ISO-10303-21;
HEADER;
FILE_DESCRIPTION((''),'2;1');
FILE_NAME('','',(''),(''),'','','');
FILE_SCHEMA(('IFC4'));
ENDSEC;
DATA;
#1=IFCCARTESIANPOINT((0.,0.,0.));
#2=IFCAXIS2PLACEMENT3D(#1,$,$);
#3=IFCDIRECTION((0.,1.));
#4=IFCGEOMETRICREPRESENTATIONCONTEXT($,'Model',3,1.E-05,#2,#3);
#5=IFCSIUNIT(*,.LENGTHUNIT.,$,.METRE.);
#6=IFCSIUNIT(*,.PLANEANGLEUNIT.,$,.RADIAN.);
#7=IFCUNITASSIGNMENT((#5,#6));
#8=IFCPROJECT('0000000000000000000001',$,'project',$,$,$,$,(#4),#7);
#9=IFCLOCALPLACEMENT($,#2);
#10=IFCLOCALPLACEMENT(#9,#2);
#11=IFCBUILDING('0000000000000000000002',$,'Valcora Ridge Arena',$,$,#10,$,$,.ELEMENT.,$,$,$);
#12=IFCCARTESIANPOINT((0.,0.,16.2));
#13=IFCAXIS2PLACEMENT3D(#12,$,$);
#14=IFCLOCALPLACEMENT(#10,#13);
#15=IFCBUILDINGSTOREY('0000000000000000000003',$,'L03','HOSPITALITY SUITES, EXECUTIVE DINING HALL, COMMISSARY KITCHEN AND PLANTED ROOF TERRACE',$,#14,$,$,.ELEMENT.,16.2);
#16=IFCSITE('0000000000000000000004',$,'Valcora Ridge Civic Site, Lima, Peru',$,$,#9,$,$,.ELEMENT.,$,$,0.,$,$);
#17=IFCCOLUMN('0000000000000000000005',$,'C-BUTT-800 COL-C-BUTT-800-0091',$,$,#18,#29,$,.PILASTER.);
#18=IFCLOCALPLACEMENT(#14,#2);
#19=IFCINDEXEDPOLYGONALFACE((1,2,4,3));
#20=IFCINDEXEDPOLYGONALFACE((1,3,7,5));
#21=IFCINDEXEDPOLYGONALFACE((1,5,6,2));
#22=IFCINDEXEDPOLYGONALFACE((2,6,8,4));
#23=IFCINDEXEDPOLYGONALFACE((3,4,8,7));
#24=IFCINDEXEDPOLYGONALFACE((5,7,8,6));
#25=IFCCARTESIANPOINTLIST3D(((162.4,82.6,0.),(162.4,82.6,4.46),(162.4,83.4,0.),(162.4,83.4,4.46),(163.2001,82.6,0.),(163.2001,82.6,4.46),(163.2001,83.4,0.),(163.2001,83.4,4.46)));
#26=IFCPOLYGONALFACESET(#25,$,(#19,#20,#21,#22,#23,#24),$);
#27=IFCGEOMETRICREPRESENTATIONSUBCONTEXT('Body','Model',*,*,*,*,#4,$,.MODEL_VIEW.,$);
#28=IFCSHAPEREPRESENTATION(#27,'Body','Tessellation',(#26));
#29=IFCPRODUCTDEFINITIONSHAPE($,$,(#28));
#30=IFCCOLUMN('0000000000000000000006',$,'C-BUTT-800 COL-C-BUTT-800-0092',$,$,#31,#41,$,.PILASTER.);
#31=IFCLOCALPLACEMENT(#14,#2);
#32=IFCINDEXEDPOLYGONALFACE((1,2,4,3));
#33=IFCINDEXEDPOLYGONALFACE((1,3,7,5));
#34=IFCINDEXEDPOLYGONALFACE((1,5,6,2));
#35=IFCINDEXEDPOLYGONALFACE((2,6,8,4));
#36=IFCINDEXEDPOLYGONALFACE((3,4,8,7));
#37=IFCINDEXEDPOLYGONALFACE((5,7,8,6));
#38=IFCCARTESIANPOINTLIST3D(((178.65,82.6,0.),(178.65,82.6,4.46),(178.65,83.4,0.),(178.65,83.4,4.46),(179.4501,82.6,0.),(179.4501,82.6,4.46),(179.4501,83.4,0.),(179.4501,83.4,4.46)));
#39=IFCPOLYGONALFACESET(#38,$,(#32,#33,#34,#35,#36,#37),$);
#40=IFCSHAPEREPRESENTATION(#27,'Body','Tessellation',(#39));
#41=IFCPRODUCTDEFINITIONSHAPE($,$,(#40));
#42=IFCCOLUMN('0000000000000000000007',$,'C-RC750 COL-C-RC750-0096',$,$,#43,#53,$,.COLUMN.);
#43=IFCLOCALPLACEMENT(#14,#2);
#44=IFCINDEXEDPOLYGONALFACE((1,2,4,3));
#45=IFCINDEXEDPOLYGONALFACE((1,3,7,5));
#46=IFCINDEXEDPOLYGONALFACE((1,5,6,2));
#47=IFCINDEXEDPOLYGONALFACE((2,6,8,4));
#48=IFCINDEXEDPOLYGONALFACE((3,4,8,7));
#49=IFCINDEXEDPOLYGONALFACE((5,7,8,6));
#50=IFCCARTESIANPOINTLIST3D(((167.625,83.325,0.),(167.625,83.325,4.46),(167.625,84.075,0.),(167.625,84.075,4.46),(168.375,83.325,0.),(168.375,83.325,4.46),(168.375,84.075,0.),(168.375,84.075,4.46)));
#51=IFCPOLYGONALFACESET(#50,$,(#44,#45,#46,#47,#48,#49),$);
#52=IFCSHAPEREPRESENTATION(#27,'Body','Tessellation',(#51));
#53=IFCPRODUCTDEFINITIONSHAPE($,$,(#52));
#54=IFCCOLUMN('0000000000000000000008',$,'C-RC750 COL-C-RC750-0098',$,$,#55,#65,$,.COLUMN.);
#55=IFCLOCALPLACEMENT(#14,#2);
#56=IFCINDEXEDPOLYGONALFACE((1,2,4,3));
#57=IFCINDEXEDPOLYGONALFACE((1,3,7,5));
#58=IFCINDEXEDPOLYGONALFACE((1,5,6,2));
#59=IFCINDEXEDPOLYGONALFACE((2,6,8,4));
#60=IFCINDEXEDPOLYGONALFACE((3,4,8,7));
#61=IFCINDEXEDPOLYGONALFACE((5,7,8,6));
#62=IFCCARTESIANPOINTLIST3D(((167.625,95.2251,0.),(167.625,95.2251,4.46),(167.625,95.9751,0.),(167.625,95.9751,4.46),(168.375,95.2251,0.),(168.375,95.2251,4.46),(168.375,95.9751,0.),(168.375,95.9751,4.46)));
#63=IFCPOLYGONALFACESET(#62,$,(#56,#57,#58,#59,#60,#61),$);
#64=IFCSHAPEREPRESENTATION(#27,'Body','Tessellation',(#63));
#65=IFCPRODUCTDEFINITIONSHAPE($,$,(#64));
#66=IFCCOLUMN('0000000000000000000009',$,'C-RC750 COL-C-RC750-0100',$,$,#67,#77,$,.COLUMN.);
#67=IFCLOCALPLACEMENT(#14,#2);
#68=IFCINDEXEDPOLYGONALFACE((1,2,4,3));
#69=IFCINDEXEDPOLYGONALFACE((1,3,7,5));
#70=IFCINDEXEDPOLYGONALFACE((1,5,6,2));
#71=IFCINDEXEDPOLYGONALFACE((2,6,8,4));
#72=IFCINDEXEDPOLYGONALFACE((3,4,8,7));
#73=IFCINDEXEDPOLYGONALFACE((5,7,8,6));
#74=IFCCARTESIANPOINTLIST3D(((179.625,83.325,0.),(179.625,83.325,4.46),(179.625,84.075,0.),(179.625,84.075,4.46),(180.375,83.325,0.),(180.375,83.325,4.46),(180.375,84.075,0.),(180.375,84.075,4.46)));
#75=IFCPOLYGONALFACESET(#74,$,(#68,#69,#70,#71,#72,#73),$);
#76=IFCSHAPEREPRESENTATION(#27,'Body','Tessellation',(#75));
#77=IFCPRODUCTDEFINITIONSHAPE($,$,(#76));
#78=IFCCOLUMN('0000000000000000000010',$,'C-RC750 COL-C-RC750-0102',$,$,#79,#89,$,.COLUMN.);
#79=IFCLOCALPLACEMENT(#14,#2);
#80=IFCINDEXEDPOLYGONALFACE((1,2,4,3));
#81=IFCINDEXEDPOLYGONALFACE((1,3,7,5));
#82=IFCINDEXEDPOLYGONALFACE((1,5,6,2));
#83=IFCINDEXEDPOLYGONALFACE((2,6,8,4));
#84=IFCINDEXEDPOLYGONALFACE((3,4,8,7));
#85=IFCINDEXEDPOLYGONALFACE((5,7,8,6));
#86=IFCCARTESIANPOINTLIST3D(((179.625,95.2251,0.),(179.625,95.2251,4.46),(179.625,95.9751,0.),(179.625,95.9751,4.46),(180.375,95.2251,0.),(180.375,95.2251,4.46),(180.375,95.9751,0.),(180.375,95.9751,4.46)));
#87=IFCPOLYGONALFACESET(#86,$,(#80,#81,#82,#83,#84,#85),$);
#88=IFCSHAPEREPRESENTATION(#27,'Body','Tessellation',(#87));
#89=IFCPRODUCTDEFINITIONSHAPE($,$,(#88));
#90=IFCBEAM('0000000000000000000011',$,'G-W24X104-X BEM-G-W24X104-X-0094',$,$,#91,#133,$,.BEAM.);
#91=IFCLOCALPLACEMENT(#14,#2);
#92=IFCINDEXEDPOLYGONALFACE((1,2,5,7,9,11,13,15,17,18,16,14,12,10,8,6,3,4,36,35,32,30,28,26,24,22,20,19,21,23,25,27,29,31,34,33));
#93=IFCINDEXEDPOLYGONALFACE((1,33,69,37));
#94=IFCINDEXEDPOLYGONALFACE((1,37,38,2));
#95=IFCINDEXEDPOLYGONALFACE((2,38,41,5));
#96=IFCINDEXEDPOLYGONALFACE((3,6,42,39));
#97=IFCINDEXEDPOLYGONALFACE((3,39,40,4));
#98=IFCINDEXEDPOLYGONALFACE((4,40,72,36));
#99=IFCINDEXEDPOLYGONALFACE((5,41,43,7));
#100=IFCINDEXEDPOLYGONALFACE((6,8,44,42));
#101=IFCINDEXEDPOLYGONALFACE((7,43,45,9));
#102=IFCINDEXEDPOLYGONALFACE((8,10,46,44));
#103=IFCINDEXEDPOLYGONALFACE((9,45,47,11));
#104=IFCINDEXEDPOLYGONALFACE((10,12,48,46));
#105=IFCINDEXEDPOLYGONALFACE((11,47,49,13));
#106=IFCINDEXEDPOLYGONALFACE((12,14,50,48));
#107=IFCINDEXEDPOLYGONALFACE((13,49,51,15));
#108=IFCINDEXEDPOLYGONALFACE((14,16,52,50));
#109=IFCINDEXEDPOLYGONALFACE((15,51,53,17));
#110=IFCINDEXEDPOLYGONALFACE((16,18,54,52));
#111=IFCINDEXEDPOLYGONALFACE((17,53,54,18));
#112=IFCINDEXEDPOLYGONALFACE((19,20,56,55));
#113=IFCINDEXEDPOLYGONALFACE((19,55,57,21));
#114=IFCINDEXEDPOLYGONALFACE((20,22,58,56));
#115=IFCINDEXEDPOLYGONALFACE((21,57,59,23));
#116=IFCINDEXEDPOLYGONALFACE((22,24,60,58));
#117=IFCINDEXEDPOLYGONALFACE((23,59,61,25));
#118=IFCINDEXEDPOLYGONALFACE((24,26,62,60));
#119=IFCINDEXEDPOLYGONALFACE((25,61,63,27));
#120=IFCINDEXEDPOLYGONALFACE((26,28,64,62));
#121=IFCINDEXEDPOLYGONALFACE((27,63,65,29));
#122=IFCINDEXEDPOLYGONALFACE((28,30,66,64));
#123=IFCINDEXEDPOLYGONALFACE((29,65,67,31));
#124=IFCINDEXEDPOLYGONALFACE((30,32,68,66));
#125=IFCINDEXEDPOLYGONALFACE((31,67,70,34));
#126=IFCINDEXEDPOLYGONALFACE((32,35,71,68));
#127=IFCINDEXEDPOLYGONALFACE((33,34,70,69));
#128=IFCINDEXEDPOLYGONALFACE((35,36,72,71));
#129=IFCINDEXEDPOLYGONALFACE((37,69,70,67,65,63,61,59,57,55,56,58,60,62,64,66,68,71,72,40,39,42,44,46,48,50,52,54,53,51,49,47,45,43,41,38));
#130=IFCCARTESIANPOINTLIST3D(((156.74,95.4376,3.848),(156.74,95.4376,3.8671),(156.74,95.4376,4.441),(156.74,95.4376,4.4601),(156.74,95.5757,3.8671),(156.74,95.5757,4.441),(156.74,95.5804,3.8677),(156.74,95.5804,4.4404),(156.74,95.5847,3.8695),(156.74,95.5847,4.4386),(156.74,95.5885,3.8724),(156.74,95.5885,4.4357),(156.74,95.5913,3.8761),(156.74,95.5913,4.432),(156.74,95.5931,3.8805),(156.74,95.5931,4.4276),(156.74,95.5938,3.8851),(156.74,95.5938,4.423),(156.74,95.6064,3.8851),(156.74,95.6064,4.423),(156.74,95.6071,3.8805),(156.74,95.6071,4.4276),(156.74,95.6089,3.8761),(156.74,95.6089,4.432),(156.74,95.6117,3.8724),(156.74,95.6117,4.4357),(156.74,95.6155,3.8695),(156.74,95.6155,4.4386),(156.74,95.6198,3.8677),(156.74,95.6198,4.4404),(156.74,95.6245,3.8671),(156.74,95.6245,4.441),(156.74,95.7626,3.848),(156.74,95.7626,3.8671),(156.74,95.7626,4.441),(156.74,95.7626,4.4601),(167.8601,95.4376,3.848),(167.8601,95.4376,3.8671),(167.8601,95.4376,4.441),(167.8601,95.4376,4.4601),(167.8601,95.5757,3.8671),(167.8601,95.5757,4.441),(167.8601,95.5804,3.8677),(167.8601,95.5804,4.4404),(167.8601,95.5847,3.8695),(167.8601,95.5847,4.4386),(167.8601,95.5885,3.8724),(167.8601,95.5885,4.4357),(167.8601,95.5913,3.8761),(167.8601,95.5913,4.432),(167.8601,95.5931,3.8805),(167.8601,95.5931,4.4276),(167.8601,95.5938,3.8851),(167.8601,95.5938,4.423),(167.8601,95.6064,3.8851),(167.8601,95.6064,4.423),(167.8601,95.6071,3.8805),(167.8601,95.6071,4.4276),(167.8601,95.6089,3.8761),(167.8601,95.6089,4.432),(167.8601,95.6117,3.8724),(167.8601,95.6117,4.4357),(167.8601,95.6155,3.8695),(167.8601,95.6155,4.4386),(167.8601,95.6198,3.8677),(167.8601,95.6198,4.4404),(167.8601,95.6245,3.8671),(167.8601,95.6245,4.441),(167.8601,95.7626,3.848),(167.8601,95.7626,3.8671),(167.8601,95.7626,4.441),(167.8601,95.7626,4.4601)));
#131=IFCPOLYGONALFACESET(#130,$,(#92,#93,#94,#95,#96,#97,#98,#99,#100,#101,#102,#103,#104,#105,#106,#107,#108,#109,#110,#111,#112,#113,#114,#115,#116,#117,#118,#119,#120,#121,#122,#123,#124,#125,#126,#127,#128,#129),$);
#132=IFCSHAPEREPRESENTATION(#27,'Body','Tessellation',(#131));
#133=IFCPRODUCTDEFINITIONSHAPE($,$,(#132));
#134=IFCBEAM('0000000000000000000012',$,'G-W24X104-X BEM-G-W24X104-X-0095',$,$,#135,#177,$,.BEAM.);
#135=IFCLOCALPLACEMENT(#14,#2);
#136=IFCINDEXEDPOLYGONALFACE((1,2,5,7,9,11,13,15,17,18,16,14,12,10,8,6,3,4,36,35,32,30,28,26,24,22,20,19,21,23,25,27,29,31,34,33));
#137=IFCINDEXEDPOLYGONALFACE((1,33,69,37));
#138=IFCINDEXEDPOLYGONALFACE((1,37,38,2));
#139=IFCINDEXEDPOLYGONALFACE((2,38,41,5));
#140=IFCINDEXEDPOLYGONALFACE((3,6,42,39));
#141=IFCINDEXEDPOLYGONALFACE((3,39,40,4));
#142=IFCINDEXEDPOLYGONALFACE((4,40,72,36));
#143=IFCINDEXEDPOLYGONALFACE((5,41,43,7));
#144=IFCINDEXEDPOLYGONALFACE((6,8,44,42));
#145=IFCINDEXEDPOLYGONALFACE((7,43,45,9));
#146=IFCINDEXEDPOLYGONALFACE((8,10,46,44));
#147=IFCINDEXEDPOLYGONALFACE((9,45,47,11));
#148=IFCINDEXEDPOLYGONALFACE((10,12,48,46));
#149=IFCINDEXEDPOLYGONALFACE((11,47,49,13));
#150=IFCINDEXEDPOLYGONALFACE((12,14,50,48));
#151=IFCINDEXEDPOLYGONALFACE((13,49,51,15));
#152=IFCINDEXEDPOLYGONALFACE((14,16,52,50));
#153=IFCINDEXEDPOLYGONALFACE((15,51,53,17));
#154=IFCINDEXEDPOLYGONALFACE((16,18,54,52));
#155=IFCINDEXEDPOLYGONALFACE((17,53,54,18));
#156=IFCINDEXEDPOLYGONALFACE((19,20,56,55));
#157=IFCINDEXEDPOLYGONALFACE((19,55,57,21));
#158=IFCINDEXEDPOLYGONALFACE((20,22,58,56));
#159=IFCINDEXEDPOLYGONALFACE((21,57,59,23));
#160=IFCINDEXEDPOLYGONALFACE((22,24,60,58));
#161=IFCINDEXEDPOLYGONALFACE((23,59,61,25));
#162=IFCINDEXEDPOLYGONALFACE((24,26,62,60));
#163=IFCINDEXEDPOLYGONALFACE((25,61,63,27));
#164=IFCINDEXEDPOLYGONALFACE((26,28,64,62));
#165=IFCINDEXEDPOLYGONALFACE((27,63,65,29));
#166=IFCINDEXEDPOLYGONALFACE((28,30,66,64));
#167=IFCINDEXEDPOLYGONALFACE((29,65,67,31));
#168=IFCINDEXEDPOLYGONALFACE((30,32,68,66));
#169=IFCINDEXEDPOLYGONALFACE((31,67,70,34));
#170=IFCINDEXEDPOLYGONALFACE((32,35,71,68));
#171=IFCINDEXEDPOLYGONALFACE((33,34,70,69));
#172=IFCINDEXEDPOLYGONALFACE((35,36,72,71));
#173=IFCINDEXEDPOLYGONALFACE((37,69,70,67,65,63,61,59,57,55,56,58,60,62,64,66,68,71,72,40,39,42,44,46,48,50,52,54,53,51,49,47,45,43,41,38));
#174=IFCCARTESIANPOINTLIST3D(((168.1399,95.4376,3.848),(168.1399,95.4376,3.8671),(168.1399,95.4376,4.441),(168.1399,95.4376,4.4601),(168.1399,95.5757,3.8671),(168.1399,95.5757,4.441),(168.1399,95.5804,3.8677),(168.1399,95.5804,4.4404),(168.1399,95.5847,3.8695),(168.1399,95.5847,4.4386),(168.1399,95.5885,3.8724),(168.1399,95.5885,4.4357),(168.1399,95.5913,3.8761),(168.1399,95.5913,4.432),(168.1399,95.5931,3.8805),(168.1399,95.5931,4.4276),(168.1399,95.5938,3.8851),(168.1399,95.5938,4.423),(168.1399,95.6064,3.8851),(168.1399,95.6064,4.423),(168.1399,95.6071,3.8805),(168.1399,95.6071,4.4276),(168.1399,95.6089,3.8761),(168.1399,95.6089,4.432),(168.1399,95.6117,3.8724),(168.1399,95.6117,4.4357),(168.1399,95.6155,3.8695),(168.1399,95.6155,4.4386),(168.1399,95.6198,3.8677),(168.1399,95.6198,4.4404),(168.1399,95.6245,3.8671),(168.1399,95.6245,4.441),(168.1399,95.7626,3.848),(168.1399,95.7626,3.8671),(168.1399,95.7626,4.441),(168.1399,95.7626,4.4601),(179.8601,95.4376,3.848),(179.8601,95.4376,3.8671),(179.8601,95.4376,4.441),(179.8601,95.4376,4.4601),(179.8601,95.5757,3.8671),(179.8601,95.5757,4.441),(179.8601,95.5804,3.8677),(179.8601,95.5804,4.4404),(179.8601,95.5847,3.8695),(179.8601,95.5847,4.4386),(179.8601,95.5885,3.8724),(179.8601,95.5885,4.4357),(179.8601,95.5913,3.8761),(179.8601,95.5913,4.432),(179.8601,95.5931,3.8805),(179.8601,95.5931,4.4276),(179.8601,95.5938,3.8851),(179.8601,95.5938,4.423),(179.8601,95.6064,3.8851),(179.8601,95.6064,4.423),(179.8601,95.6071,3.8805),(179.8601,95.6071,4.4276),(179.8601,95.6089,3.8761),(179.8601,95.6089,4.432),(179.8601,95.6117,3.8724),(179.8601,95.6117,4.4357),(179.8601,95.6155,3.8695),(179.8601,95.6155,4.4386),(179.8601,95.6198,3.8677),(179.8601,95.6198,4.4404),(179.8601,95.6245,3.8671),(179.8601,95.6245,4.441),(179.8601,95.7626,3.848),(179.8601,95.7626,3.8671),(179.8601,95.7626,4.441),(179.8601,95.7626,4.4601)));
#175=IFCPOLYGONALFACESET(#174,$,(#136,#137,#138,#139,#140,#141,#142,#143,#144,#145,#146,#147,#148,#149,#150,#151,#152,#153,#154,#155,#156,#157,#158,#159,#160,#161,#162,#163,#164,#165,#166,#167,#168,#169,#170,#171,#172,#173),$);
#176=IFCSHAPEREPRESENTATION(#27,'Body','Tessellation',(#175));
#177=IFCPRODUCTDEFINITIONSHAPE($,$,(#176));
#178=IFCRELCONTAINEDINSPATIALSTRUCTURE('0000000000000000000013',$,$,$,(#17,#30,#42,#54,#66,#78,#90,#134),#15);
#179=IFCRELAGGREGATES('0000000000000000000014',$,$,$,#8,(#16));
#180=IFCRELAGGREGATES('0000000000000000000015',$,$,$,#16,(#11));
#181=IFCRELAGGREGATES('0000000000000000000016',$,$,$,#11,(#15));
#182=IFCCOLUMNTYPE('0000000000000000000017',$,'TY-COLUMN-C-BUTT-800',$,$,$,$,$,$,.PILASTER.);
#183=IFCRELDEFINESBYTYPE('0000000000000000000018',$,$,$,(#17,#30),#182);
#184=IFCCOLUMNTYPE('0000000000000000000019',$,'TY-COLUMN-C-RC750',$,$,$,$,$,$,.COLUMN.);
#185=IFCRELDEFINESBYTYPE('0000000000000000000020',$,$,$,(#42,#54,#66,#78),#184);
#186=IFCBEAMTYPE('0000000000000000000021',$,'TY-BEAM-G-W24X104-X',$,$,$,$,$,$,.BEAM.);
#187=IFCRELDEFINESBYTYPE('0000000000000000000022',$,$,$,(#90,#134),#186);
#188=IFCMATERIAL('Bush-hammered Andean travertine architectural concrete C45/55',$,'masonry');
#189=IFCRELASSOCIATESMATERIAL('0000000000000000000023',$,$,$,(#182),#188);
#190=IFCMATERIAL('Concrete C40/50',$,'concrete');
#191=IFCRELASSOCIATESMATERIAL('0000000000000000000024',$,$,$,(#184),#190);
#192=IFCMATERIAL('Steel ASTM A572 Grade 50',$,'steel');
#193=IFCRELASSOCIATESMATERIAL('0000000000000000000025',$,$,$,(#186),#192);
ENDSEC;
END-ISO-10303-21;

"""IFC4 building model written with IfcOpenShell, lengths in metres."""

from ifc_helpers import new_model, si_unit, direction, frame, origin, origin_2d, place, context, subcontext, project, spatial, rectangle, i_section, extrude, material, material_profile, profile_set, type_object, element, save


model = new_model("IFC4")

# Units and contexts
model_context = context("Model", 3, precision=1e-05, world=origin(), true_north=direction((0.0, 1.0)))
body_context = subcontext(model_context, "Body", "Model", "MODEL_VIEW")
ifc_project = project(units=[si_unit("LENGTHUNIT", "METRE"), si_unit("PLANEANGLEUNIT", "RADIAN")], contexts=[model_context])

# Site, building, storey
site_placement = place(None, origin())
site = spatial("IfcSite", under=ifc_project, at=site_placement, Name="Valcora Ridge Civic Site, Lima, Peru", CompositionType="ELEMENT", RefElevation=0.0)
building_placement = place(site_placement, origin())
building = spatial("IfcBuilding", under=site, at=building_placement, Name="Valcora Ridge Arena", CompositionType="ELEMENT")
storey_placement = place(building_placement, frame((0.0, 0.0, 16.2)))
storey = spatial("IfcBuildingStorey", under=building, at=storey_placement, Name="L03", Description="HOSPITALITY SUITES, EXECUTIVE DINING HALL, COMMISSARY KITCHEN AND PLANTED ROOF TERRACE", CompositionType="ELEMENT", Elevation=16.2)

# Columns
ifc_material_1 = material(Name="Bush-hammered Andean travertine architectural concrete C45/55", Category="masonry")
ifc_material_profile_1 = material_profile(ifc_material_1, rectangle(XDim=0.8, YDim=0.8, at=origin_2d()), Name="RC 800x800")
ifc_profile_set_1 = profile_set([ifc_material_profile_1], Name="Bush-hammered Andean travertine architectural concrete C45/55")
column_type_1 = type_object("IfcColumnType", Name="TY-COLUMN-C-BUTT-800", PredefinedType="PILASTER", material=ifc_profile_set_1)
for number, where, z_axis, x_axis, name in (
    (1, (162.8, 83.0, 0.0), (0.0, 0.0, 1.0), (1.0, 0.0, 0.0), "C-BUTT-800 COL-C-BUTT-800-0091"),
    (2, (179.05, 83.0, 0.0), (0.0, 0.0, 1.0), (1.0, 0.0, 0.0), "C-BUTT-800 COL-C-BUTT-800-0092"),
):
    element("IfcColumn", number, at=place(storey_placement, frame(where, z_axis=z_axis, x_axis=x_axis)), inside=storey, type_object=column_type_1, Name=name, PredefinedType="PILASTER", context=body_context, shape_type="SweptSolid", body=[
        extrude(rectangle(XDim=0.8, YDim=0.8, at=origin_2d()), origin(), (0.0, 0.0, 1.0), 4.46),
    ])
ifc_material_2 = material(Name="Concrete C40/50", Category="concrete")
ifc_material_profile_2 = material_profile(ifc_material_2, rectangle(XDim=0.75, YDim=0.75, at=origin_2d()), Name="RC 750x750")
ifc_profile_set_2 = profile_set([ifc_material_profile_2], Name="Concrete C40/50")
column_type_2 = type_object("IfcColumnType", Name="TY-COLUMN-C-RC750", PredefinedType="COLUMN", material=ifc_profile_set_2)
for number, where, z_axis, x_axis, name in (
    (3, (168.0, 83.7, 0.0), (0.0, 0.0, 1.0), (1.0, 0.0, 0.0), "C-RC750 COL-C-RC750-0096"),
    (4, (168.0, 95.6001, 0.0), (0.0, 0.0, 1.0), (1.0, 0.0, 0.0), "C-RC750 COL-C-RC750-0098"),
    (5, (180.0, 83.7, 0.0), (0.0, 0.0, 1.0), (1.0, 0.0, 0.0), "C-RC750 COL-C-RC750-0100"),
    (6, (180.0, 95.6001, 0.0), (0.0, 0.0, 1.0), (1.0, 0.0, 0.0), "C-RC750 COL-C-RC750-0102"),
):
    element("IfcColumn", number, at=place(storey_placement, frame(where, z_axis=z_axis, x_axis=x_axis)), inside=storey, type_object=column_type_2, Name=name, PredefinedType="COLUMN", context=body_context, shape_type="SweptSolid", body=[
        extrude(rectangle(XDim=0.75, YDim=0.75, at=origin_2d()), origin(), (0.0, 0.0, 1.0), 4.46),
    ])

# Beams
ifc_material_3 = material(Name="Steel ASTM A572 Grade 50", Category="steel")
ifc_material_profile_3 = material_profile(ifc_material_3, i_section(OverallWidth=0.325, OverallDepth=0.6121, WebThickness=0.0127, FlangeThickness=0.019, FilletRadius=0.0181, at=origin_2d()), Name="W24X104")
ifc_profile_set_3 = profile_set([ifc_material_profile_3], Name="Steel ASTM A572 Grade 50")
beam_type_1 = type_object("IfcBeamType", Name="TY-BEAM-G-W24X104-X", PredefinedType="BEAM", material=ifc_profile_set_3)
beam_1_placement = place(storey_placement, frame((156.74, 95.6001, 4.1541), z_axis=(1.0, 0.0, 0.0), x_axis=(0.0, 1.0, 0.0)))
element("IfcBeam", 7, at=beam_1_placement, inside=storey, type_object=beam_type_1, Name="G-W24X104-X BEM-G-W24X104-X-0094", PredefinedType="BEAM", context=body_context, shape_type="SweptSolid", body=[
    extrude(i_section(OverallWidth=0.325, OverallDepth=0.6121, WebThickness=0.0127, FlangeThickness=0.019, FilletRadius=0.0181, at=origin_2d()), origin(), (0.0, 0.0, 1.0), 11.1201),
])
beam_2_placement = place(storey_placement, frame((168.1399, 95.6001, 4.1541), z_axis=(1.0, 0.0, 0.0), x_axis=(0.0, 1.0, 0.0)))
element("IfcBeam", 8, at=beam_2_placement, inside=storey, type_object=beam_type_1, Name="G-W24X104-X BEM-G-W24X104-X-0095", PredefinedType="BEAM", context=body_context, shape_type="SweptSolid", body=[
    extrude(i_section(OverallWidth=0.325, OverallDepth=0.6121, WebThickness=0.0127, FlangeThickness=0.019, FilletRadius=0.0181, at=origin_2d()), origin(), (0.0, 0.0, 1.0), 11.7202),
])

save(model, "model.ifc")
